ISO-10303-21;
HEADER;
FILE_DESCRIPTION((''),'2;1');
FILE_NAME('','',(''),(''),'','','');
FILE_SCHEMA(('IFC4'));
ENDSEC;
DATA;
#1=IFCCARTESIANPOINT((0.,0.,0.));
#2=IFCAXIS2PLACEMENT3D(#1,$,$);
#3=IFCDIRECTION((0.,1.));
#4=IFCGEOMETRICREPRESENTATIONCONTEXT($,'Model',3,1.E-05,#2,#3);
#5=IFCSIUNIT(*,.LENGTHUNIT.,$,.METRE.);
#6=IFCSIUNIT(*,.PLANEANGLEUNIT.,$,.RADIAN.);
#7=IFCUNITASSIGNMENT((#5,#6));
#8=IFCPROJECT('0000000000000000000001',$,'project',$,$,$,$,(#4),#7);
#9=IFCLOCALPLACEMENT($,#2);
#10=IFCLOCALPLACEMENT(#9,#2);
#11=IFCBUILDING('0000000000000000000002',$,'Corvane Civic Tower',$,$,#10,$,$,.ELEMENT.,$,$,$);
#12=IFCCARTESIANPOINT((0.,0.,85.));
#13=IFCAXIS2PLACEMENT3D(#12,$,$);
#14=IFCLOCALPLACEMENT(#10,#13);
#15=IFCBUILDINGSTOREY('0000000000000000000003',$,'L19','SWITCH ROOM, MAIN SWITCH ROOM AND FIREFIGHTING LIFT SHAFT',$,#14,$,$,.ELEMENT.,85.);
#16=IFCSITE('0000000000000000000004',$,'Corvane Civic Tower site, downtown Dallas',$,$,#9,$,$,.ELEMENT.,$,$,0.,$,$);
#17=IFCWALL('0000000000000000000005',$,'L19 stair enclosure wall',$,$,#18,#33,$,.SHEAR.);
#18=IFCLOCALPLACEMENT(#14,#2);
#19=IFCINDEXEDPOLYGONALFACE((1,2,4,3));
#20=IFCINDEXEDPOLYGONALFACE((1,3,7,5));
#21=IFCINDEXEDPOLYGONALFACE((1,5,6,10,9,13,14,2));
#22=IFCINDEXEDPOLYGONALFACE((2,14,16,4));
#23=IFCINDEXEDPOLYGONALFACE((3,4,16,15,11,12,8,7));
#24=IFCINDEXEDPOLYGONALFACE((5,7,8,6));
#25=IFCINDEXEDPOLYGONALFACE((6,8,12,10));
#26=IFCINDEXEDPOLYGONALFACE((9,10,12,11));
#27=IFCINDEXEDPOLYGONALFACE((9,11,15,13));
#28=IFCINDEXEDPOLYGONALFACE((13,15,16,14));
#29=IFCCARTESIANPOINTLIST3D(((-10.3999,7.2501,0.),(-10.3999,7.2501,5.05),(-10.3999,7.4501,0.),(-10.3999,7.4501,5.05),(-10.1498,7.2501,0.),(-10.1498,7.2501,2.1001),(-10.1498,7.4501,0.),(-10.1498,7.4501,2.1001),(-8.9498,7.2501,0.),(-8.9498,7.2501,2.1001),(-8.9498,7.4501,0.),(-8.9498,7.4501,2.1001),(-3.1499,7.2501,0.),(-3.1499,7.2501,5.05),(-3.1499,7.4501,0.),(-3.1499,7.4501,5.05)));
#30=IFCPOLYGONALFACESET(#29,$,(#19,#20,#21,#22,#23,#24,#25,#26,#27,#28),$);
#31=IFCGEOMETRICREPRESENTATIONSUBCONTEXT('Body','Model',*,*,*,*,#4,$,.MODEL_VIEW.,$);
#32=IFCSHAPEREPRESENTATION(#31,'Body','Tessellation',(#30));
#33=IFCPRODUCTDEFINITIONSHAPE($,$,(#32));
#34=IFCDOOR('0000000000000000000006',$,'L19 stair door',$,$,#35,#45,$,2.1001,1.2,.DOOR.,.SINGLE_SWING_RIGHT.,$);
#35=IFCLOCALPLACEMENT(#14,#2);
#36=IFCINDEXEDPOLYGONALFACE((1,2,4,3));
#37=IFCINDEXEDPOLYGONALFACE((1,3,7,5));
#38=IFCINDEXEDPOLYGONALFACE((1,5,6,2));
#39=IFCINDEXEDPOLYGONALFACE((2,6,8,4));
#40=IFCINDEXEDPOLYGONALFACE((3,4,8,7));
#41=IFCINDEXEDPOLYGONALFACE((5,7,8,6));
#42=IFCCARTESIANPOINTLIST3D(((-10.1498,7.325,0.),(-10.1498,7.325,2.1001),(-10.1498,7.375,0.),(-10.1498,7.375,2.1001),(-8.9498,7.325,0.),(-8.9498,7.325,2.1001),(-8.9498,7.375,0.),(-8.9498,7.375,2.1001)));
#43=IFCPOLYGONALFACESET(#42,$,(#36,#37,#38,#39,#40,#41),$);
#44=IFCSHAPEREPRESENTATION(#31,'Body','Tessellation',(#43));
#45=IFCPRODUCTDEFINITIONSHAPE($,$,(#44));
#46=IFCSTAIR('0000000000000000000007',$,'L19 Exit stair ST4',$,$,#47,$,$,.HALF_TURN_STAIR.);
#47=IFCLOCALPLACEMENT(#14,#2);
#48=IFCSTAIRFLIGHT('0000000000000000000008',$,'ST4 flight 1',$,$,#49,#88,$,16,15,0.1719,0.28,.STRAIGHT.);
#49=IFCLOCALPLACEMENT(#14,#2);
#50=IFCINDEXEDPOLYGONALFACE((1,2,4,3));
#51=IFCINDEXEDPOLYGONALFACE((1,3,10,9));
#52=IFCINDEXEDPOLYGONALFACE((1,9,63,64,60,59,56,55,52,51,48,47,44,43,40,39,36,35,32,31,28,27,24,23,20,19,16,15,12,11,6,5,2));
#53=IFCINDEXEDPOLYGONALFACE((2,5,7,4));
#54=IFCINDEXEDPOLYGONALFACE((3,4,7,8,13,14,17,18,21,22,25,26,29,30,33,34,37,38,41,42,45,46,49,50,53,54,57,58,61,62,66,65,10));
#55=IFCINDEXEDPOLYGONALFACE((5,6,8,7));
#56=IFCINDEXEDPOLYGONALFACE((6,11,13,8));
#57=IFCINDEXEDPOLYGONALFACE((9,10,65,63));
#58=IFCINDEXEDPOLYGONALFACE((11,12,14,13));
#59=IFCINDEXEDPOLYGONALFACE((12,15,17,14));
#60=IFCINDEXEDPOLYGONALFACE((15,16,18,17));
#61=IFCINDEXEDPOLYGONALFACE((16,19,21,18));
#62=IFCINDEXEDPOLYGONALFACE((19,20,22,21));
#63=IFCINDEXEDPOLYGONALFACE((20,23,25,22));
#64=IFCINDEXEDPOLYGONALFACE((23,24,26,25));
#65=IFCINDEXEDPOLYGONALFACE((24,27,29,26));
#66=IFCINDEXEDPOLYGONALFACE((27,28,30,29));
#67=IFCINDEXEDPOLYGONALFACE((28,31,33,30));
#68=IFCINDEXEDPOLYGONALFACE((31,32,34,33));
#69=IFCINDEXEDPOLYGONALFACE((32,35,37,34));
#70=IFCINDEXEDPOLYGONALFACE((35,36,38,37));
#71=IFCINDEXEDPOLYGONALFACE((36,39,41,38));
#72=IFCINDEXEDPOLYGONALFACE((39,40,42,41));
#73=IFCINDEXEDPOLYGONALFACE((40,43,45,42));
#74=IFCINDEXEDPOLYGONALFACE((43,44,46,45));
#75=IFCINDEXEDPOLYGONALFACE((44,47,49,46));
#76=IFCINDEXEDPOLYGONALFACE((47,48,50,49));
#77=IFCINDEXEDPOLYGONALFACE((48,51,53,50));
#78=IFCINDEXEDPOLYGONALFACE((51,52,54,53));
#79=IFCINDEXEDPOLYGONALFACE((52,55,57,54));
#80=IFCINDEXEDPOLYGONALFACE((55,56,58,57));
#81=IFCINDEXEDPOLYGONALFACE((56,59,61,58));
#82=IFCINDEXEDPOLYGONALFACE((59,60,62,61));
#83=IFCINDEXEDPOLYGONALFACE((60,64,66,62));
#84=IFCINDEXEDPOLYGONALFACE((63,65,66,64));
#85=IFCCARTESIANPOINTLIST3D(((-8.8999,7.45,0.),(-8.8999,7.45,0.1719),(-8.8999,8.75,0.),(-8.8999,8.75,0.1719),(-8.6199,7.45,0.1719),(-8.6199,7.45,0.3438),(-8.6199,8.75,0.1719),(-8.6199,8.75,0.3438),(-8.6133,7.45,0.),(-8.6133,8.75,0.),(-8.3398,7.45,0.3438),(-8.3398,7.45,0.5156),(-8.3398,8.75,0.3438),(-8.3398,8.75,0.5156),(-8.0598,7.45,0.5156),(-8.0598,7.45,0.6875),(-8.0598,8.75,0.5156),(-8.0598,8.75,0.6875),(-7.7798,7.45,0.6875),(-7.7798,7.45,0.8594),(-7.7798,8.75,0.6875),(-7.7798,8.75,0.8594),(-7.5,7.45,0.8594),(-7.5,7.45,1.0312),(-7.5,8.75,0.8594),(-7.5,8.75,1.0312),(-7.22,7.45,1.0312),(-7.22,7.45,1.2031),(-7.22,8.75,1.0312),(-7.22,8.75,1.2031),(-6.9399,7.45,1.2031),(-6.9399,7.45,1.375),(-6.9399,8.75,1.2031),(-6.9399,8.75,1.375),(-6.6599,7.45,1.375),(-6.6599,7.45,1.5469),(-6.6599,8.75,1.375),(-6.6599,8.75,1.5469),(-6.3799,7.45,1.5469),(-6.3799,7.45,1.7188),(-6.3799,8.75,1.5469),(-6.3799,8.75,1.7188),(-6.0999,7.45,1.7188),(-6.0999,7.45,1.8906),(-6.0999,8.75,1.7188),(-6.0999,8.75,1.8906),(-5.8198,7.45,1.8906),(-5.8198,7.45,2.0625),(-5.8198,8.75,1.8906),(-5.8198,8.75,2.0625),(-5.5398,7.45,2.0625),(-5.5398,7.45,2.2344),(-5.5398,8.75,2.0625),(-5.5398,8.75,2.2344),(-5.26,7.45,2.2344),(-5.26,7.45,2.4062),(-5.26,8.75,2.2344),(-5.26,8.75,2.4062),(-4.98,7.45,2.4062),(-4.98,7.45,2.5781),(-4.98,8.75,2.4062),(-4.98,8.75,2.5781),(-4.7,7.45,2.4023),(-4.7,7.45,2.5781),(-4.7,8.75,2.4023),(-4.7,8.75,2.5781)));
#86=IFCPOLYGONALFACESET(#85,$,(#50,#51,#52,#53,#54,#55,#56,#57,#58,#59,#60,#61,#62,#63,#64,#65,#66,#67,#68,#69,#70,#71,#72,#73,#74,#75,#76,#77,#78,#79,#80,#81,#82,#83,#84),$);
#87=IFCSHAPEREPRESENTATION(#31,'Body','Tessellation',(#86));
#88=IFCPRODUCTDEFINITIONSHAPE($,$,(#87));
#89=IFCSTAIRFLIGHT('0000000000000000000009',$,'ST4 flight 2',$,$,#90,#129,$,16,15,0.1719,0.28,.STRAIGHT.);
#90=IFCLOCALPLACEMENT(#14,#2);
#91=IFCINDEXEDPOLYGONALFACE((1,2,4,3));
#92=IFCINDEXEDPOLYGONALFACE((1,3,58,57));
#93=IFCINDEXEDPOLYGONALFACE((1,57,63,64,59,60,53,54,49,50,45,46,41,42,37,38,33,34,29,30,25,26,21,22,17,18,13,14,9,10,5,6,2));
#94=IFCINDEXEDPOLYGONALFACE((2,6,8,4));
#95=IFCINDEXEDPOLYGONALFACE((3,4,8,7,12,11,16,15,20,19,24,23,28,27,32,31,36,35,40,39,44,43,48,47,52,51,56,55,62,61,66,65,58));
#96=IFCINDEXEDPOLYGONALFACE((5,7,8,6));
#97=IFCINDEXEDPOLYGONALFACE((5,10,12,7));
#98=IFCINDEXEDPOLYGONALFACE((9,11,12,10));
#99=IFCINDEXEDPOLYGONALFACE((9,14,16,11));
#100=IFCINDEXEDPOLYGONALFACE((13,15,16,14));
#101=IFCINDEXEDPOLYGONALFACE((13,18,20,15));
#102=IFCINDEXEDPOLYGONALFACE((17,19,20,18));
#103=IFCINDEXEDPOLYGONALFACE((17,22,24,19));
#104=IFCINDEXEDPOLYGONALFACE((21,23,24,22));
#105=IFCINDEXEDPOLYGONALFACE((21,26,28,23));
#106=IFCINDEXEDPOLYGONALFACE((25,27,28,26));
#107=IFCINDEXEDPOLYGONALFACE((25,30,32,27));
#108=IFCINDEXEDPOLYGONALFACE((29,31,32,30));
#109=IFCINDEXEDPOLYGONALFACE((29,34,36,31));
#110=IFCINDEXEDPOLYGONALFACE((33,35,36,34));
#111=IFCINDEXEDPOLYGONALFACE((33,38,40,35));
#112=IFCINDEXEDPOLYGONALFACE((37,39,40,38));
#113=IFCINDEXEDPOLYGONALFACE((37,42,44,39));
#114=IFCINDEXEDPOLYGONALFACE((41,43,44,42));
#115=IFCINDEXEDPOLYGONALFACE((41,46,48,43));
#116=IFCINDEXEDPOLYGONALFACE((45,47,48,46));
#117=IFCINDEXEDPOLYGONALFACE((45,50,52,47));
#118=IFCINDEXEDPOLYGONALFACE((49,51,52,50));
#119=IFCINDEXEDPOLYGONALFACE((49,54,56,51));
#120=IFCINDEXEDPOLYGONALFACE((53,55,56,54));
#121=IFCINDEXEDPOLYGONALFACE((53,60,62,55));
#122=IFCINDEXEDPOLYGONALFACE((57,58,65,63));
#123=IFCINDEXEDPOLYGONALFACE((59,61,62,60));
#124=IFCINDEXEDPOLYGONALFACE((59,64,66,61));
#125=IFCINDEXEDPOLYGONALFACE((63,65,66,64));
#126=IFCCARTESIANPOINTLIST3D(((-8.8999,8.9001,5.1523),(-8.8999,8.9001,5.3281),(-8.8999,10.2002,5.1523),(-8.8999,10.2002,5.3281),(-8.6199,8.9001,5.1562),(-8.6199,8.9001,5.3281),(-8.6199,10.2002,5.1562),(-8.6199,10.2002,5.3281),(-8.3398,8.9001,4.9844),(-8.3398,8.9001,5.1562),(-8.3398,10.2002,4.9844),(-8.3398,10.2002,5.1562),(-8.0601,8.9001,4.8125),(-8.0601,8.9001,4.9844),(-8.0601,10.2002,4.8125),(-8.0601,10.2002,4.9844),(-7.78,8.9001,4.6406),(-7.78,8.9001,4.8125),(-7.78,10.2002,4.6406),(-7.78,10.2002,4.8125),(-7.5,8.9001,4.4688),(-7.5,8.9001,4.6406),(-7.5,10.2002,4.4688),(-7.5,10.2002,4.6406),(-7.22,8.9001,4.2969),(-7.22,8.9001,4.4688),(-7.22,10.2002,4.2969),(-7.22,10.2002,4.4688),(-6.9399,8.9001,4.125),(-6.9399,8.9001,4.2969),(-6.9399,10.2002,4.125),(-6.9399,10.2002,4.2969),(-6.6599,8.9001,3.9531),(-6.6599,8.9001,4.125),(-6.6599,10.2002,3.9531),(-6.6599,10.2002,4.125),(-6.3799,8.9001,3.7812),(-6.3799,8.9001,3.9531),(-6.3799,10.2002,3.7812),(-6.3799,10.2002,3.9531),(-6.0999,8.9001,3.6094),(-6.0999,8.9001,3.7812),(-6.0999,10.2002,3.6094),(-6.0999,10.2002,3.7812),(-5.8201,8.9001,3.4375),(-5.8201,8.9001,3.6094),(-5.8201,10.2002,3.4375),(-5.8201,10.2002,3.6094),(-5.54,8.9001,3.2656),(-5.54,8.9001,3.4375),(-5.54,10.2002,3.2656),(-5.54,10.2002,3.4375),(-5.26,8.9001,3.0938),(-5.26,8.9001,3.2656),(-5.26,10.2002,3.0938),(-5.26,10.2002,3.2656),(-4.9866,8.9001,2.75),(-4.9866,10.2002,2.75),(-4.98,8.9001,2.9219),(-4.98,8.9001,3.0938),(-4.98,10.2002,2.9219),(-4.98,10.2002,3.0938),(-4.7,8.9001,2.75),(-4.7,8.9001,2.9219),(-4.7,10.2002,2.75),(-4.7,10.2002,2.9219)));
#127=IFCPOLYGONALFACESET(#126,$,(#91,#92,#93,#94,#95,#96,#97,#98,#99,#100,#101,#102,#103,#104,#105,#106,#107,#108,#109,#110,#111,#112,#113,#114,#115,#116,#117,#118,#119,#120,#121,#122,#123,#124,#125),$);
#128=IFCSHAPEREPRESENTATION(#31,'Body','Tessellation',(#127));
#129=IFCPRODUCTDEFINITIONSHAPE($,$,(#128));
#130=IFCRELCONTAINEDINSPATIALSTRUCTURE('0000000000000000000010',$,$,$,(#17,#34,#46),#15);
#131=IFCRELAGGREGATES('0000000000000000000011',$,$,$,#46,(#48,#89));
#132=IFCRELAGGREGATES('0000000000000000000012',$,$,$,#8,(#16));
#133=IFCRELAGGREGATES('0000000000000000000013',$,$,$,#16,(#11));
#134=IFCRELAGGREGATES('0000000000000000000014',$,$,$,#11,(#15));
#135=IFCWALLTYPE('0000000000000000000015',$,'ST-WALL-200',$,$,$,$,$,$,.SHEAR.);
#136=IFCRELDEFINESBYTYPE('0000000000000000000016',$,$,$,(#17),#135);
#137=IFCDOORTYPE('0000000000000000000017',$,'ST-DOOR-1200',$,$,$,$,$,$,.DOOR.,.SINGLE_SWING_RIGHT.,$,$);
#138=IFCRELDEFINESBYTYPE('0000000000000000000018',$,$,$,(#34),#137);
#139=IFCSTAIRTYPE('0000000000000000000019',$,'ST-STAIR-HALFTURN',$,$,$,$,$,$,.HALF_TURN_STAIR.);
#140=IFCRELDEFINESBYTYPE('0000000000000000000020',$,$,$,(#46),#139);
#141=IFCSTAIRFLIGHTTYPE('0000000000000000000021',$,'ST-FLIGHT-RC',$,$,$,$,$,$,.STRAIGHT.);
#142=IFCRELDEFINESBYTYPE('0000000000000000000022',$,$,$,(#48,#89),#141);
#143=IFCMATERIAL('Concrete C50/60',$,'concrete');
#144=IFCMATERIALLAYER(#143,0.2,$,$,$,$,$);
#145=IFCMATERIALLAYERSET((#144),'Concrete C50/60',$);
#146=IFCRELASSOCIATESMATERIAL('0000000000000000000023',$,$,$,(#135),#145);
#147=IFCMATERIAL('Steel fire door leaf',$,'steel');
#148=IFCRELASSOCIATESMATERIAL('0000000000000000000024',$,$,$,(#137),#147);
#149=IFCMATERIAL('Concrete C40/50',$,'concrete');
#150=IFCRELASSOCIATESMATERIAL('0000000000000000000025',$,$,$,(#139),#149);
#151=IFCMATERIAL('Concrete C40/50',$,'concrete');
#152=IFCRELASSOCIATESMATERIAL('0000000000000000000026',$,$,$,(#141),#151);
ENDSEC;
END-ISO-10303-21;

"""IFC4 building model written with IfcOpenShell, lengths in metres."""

from ifc_helpers import new_model, si_unit, direction, frame, frame_2d, origin, place, context, subcontext, project, spatial, polyline, rectangle, outline, extrude, material, layer, layer_set, type_object, element, fill, aggregate, save


model = new_model("IFC4")

# Units and contexts
model_context = context("Model", 3, precision=1e-05, world=origin(), true_north=direction((0.0, 1.0)))
body_context = subcontext(model_context, "Body", "Model", "MODEL_VIEW")
ifc_project = project(units=[si_unit("LENGTHUNIT", "METRE"), si_unit("PLANEANGLEUNIT", "RADIAN")], contexts=[model_context])

# Site, building, storey
site_placement = place(None, origin())
site = spatial("IfcSite", under=ifc_project, at=site_placement, Name="Corvane Civic Tower site, downtown Dallas", CompositionType="ELEMENT", RefElevation=0.0)
building_placement = place(site_placement, origin())
building = spatial("IfcBuilding", under=site, at=building_placement, Name="Corvane Civic Tower", CompositionType="ELEMENT")
storey_placement = place(building_placement, frame((0.0, 0.0, 85.0)))
storey = spatial("IfcBuildingStorey", under=building, at=storey_placement, Name="L19", Description="SWITCH ROOM, MAIN SWITCH ROOM AND FIREFIGHTING LIFT SHAFT", CompositionType="ELEMENT", Elevation=85.0)

# Wall, opening, door
ifc_material_1 = material(Name="Concrete C50/60", Category="concrete")
ifc_layer_1 = layer(ifc_material_1, 0.2)
ifc_layer_set_1 = layer_set([ifc_layer_1], Name="Concrete C50/60")
wall_type_1 = type_object("IfcWallType", Name="ST-WALL-200", PredefinedType="SHEAR", material=ifc_layer_set_1)
wall_1_placement = place(storey_placement, frame((-10.3999, 7.3501, 0.0), z_axis=(0.0, 0.0, 1.0), x_axis=(1.0, 0.0, 0.0)))
wall_1 = element("IfcWall", 1, at=wall_1_placement, inside=storey, type_object=wall_type_1, Name="L19 stair enclosure wall", PredefinedType="SHEAR", context=body_context, shape_type="SweptSolid", body=[
    extrude(rectangle(XDim=7.25, YDim=0.2, at=frame_2d((3.625, 0.0))), origin(), (0.0, 0.0, 1.0), 5.05),
])
opening_1_placement = place(wall_1_placement, frame((0.25, 0.0, 0.0)))
opening_1 = element("IfcOpeningElement", 2, at=opening_1_placement, cuts=wall_1, PredefinedType="OPENING", context=body_context, shape_type="SweptSolid", body=[
    extrude(rectangle(XDim=1.2, YDim=2.1001, at=frame_2d((0.6001, 1.05))), frame((0.0, 0.1099, 0.0), z_axis=(0.0, -1.0, 0.0), x_axis=(1.0, 0.0, 0.0)), (0.0, 0.0, 1.0), 0.22),
])
ifc_material_2 = material(Name="Steel fire door leaf", Category="steel")
door_type_1 = type_object("IfcDoorType", Name="ST-DOOR-1200", OperationType="SINGLE_SWING_RIGHT", PredefinedType="DOOR", material=ifc_material_2)
door_1_placement = place(opening_1_placement, origin())
door_1 = element("IfcDoor", 3, at=door_1_placement, inside=storey, type_object=door_type_1, Name="L19 stair door", OperationType="SINGLE_SWING_RIGHT", OverallHeight=2.1001, OverallWidth=1.2, PredefinedType="DOOR", context=body_context, shape_type="SweptSolid", body=[
    extrude(rectangle(XDim=1.2, YDim=2.1001, at=frame_2d((0.6001, 1.05))), frame((0.0, 0.0249, 0.0), z_axis=(0.0, -1.0, 0.0), x_axis=(1.0, 0.0, 0.0)), (0.0, 0.0, 1.0), 0.05),
])
fill(opening_1, door_1)

# Stair, stair flights
ifc_material_3 = material(Name="Concrete C40/50", Category="concrete")
stair_type = type_object("IfcStairType", Name="ST-STAIR-HALFTURN", PredefinedType="HALF_TURN_STAIR", material=ifc_material_3)
stair_placement = place(storey_placement, origin())
stair = element("IfcStair", 4, at=stair_placement, inside=storey, type_object=stair_type, Name="L19 Exit stair ST4", PredefinedType="HALF_TURN_STAIR")
ifc_material_4 = material(Name="Concrete C40/50", Category="concrete")
stair_flight_type = type_object("IfcStairFlightType", Name="ST-FLIGHT-RC", PredefinedType="STRAIGHT", material=ifc_material_4)
stair_flight_1_placement = place(storey_placement, frame((-8.8999, 8.1001, 0.0), z_axis=(0.0, 0.0, 1.0), x_axis=(1.0, 0.0, 0.0)))
stair_flight_1 = element("IfcStairFlight", 5, at=stair_flight_1_placement, type_object=stair_flight_type, Name="ST4 flight 1", NumberOfRisers=16, NumberOfTreads=15, PredefinedType="STRAIGHT", RiserHeight=0.1719, TreadLength=0.28, context=body_context, shape_type="SweptSolid", body=[
    extrude(outline(polyline([(0.0, 0.0), (0.0, 0.1719), (0.28, 0.1719), (0.28, 0.3438), (0.5601, 0.3438), (0.5601, 0.5156), (0.8401, 0.5156), (0.8401, 0.6875), (1.1201, 0.6875), (1.1201, 0.8594), (1.3999, 0.8594), (1.3999, 1.0312), (1.6799, 1.0312), (1.6799, 1.2031), (1.96, 1.2031), (1.96, 1.375), (2.24, 1.375), (2.24, 1.5469), (2.52, 1.5469), (2.52, 1.7188), (2.8, 1.7188), (2.8, 1.8906), (3.0801, 1.8906), (3.0801, 2.0625), (3.3601, 2.0625), (3.3601, 2.2344), (3.6399, 2.2344), (3.6399, 2.4062), (3.9199, 2.4062), (3.9199, 2.5781), (4.2, 2.5781), (4.2, 2.75), (4.2, 2.4023), (0.2866, 0.0), (0.0, 0.0)])), frame((0.0, 0.6499, 0.0), z_axis=(0.0, -1.0, 0.0), x_axis=(1.0, 0.0, 0.0)), (0.0, 0.0, 1.0), 1.3),
])
stair_flight_2_placement = place(storey_placement, frame((-4.7, 9.55, 2.75), z_axis=(0.0, 0.0, 1.0), x_axis=(-1.0, 0.0, 0.0)))
stair_flight_2 = element("IfcStairFlight", 6, at=stair_flight_2_placement, type_object=stair_flight_type, Name="ST4 flight 2", NumberOfRisers=16, NumberOfTreads=15, PredefinedType="STRAIGHT", RiserHeight=0.1719, TreadLength=0.28, context=body_context, shape_type="SweptSolid", body=[
    extrude(outline(polyline([(0.0, 0.0), (0.0, 0.1719), (0.28, 0.1719), (0.28, 0.3438), (0.5601, 0.3438), (0.5601, 0.5156), (0.8401, 0.5156), (0.8401, 0.6875), (1.1201, 0.6875), (1.1201, 0.8594), (1.3999, 0.8594), (1.3999, 1.0312), (1.6799, 1.0312), (1.6799, 1.2031), (1.96, 1.2031), (1.96, 1.375), (2.24, 1.375), (2.24, 1.5469), (2.52, 1.5469), (2.52, 1.7188), (2.8, 1.7188), (2.8, 1.8906), (3.0801, 1.8906), (3.0801, 2.0625), (3.3601, 2.0625), (3.3601, 2.2344), (3.6399, 2.2344), (3.6399, 2.4062), (3.9199, 2.4062), (3.9199, 2.5781), (4.2, 2.5781), (4.2, 2.75), (4.2, 2.4023), (0.2866, 0.0), (0.0, 0.0)])), frame((0.0, 0.6499, 0.0), z_axis=(0.0, -1.0, 0.0), x_axis=(1.0, 0.0, 0.0)), (0.0, 0.0, 1.0), 1.3),
])
aggregate(stair, [stair_flight_1, stair_flight_2])

save(model, "model.ifc")
